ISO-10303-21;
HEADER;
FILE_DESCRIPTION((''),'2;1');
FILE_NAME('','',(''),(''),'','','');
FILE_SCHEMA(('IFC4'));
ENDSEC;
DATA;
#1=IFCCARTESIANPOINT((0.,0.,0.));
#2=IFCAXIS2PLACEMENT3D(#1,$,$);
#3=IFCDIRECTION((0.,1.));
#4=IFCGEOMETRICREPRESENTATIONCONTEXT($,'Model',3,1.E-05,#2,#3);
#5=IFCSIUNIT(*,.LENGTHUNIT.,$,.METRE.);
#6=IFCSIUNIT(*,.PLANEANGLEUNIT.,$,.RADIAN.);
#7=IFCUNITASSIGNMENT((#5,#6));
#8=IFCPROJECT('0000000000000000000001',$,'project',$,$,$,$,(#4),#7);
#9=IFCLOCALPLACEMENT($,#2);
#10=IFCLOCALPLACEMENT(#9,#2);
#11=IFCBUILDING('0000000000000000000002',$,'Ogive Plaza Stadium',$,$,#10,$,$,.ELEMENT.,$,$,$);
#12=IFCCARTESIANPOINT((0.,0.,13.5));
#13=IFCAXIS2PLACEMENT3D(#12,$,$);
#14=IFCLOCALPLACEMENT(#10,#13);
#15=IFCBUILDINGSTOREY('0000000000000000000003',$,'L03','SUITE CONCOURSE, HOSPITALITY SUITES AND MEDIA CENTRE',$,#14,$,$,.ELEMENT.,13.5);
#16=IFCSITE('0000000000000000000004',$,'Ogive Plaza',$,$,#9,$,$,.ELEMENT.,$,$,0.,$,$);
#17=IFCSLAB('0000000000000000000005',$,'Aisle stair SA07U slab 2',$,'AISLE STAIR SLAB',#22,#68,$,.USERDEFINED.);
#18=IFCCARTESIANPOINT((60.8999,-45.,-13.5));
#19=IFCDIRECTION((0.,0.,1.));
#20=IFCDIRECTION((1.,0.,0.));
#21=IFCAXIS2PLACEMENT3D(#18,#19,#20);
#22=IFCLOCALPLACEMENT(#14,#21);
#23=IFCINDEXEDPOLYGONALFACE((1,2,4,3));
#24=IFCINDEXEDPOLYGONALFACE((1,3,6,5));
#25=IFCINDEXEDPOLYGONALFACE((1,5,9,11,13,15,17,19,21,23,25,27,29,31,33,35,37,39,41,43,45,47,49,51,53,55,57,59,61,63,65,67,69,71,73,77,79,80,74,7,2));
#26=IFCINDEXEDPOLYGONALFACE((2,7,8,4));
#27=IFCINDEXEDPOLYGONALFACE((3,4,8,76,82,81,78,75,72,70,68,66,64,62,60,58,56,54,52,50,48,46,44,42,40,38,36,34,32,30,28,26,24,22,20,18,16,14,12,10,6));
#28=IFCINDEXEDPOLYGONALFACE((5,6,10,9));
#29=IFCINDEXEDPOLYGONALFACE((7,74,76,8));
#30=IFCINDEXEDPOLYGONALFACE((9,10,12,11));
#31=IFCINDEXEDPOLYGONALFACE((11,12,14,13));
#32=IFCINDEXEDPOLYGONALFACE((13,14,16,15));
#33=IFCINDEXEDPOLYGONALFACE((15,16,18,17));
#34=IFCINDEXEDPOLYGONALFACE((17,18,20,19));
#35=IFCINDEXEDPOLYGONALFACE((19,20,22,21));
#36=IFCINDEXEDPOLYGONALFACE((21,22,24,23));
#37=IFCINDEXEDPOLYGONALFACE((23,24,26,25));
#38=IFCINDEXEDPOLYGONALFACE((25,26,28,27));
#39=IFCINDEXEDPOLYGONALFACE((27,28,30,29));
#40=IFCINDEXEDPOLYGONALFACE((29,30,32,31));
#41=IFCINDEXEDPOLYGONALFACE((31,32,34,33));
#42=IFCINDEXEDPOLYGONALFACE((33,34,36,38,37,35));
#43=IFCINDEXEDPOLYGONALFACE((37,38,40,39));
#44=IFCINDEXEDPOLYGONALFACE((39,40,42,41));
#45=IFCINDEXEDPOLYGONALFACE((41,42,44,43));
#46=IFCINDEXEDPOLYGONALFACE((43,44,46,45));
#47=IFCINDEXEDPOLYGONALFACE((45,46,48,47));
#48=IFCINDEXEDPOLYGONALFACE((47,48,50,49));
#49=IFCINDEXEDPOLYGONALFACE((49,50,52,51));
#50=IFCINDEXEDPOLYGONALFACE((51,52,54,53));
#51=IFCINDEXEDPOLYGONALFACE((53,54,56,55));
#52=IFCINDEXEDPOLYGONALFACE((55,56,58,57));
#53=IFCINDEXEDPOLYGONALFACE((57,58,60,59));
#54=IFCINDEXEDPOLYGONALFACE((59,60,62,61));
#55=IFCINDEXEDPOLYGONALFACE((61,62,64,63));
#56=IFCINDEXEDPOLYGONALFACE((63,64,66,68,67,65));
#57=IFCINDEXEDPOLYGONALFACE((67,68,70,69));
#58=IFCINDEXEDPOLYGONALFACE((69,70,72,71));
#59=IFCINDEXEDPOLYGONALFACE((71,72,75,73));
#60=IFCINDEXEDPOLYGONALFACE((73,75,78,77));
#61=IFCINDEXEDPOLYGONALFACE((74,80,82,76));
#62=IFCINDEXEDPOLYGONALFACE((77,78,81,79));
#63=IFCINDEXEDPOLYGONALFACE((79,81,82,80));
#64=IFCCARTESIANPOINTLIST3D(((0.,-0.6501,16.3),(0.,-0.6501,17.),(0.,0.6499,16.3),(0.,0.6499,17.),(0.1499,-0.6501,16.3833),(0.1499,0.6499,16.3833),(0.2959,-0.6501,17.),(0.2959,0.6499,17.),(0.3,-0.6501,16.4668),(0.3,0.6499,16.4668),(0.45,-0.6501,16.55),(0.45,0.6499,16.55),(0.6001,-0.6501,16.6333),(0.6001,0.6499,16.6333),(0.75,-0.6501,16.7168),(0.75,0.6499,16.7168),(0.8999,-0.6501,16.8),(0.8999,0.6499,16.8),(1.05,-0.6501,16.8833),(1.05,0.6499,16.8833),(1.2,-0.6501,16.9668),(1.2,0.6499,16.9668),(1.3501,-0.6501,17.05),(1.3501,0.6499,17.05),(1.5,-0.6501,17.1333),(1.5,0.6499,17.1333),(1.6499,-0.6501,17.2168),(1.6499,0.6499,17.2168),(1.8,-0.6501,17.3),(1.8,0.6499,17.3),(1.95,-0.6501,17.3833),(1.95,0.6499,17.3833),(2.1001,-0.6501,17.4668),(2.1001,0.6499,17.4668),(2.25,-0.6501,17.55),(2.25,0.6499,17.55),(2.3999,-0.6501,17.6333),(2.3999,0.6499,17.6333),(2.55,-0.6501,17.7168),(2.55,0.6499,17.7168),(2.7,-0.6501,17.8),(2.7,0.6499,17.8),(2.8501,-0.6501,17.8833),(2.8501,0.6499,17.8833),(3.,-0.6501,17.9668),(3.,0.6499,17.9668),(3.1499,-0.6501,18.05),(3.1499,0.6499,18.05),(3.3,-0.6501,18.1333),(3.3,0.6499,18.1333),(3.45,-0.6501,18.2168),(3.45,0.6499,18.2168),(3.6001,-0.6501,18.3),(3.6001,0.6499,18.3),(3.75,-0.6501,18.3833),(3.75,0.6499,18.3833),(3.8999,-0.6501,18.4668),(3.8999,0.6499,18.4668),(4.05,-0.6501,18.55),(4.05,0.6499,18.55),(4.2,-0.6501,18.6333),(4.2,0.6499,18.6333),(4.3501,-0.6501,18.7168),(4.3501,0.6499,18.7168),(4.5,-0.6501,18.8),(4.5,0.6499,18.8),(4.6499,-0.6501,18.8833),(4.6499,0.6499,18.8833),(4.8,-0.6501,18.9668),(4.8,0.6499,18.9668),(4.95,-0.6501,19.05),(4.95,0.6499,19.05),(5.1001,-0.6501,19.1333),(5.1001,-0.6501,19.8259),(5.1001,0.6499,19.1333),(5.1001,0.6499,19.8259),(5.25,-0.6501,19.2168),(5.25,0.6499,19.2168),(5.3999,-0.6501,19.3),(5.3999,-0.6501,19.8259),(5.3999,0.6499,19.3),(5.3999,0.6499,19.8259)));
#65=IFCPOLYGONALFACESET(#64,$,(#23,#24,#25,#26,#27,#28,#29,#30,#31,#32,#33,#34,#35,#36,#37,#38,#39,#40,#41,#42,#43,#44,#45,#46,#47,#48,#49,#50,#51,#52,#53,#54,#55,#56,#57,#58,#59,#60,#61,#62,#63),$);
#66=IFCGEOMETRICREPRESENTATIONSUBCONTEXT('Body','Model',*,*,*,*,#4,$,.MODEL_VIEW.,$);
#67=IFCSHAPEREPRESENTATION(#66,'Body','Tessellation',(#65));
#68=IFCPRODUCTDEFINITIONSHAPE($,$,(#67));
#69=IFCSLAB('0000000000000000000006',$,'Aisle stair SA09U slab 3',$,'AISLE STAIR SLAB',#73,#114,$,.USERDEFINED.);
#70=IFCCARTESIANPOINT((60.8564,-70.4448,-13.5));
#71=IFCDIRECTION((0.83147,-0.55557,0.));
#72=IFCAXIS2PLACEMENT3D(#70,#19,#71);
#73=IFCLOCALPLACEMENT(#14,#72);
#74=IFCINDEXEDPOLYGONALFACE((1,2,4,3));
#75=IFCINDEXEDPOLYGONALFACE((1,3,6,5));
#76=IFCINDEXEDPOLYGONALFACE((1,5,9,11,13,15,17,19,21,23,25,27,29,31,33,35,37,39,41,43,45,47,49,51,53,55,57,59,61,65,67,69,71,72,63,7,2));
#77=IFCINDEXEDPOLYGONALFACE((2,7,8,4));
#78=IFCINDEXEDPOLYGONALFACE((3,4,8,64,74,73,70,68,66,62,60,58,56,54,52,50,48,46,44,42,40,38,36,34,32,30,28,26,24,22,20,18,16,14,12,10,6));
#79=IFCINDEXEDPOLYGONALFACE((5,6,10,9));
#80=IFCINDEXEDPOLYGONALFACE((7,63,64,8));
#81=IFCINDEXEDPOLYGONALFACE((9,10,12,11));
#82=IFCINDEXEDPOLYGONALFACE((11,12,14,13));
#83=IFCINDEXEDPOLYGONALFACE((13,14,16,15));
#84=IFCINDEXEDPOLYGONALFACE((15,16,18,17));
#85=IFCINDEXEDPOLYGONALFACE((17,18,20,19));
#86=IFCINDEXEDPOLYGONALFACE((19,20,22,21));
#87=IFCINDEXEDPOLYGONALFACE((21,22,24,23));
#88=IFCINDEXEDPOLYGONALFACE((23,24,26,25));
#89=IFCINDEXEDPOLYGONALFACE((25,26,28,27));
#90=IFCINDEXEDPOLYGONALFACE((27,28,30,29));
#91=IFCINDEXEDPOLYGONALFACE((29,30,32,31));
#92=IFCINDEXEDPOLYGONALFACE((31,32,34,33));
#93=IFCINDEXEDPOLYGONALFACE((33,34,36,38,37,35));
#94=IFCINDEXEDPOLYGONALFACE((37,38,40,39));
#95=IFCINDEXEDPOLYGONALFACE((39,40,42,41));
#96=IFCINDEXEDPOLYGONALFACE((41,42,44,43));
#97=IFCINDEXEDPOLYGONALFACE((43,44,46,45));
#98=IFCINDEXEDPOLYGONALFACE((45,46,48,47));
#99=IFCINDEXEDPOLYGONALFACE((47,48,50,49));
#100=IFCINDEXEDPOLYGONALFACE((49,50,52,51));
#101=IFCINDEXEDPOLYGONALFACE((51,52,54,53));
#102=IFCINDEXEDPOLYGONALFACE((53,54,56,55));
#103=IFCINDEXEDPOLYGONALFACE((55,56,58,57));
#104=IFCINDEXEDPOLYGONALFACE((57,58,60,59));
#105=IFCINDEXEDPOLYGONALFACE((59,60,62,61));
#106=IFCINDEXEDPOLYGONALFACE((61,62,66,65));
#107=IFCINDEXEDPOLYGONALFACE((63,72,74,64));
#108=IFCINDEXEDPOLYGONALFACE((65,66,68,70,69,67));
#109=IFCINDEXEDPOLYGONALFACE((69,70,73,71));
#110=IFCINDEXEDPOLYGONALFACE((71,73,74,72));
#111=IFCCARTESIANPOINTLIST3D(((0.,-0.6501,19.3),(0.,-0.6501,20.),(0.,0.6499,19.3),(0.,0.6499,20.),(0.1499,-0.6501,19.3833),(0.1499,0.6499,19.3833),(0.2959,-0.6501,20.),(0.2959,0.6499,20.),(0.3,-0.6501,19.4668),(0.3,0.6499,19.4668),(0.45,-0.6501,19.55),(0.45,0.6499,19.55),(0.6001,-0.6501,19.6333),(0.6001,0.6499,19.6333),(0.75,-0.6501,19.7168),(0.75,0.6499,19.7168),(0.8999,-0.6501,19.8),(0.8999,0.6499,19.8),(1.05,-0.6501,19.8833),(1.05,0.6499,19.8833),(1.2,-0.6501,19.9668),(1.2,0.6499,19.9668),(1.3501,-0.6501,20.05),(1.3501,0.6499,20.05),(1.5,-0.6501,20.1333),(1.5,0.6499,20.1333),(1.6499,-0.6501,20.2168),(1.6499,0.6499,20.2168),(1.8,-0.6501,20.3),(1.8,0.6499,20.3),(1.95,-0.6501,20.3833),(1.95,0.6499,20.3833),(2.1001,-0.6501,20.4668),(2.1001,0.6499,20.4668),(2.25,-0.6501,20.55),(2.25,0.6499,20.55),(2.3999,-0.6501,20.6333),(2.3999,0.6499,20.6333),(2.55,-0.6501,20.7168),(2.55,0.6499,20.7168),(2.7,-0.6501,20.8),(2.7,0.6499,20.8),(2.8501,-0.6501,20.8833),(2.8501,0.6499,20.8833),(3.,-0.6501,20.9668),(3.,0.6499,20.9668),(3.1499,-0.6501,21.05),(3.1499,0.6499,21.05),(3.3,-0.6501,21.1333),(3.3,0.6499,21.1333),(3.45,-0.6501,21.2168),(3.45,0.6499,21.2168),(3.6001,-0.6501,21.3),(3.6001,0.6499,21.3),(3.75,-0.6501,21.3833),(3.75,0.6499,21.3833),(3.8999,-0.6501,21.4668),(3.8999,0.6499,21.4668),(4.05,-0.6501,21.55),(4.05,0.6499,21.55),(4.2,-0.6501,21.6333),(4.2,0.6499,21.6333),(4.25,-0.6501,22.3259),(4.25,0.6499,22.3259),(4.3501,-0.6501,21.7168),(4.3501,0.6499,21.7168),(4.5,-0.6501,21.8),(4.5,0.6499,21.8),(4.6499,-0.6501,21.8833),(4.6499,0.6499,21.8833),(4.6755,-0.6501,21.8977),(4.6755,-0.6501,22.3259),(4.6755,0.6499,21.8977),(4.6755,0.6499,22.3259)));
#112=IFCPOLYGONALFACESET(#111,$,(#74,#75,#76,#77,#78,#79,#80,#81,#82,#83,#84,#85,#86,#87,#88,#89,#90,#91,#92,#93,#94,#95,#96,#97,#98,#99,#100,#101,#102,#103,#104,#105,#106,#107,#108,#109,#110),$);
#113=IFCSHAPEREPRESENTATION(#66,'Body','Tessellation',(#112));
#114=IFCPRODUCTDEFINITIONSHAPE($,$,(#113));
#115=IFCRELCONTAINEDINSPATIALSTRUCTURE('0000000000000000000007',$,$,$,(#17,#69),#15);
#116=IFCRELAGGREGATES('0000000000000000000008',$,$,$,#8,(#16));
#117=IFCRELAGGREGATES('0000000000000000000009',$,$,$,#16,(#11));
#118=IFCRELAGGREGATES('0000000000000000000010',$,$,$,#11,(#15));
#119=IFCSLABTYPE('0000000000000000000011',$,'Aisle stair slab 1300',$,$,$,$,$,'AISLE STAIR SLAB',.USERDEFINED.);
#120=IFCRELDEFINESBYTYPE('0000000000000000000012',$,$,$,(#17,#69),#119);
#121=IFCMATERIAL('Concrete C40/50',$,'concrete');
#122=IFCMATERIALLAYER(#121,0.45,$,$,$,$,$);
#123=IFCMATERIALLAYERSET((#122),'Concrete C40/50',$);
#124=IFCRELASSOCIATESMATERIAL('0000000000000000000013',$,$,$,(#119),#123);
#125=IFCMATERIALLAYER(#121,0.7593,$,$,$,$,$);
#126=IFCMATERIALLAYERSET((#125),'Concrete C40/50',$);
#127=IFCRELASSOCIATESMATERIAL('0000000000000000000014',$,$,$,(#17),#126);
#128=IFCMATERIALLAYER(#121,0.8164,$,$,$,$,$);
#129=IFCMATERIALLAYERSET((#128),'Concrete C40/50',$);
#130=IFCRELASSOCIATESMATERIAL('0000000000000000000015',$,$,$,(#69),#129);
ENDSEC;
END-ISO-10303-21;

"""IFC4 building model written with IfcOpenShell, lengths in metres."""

from ifc_helpers import new_model, si_unit, direction, frame, origin, place, context, subcontext, project, spatial, polyline, outline, extrude, material, layer, layer_set, type_object, element, save


model = new_model("IFC4")

# Units and contexts
model_context = context("Model", 3, precision=1e-05, world=origin(), true_north=direction((0.0, 1.0)))
body_context = subcontext(model_context, "Body", "Model", "MODEL_VIEW")
ifc_project = project(units=[si_unit("LENGTHUNIT", "METRE"), si_unit("PLANEANGLEUNIT", "RADIAN")], contexts=[model_context])

# Site, building, storey
site_placement = place(None, origin())
site = spatial("IfcSite", under=ifc_project, at=site_placement, Name="Ogive Plaza", CompositionType="ELEMENT", RefElevation=0.0)
building_placement = place(site_placement, origin())
building = spatial("IfcBuilding", under=site, at=building_placement, Name="Ogive Plaza Stadium", CompositionType="ELEMENT")
storey_placement = place(building_placement, frame((0.0, 0.0, 13.5)))
storey = spatial("IfcBuildingStorey", under=building, at=storey_placement, Name="L03", Description="SUITE CONCOURSE, HOSPITALITY SUITES AND MEDIA CENTRE", CompositionType="ELEMENT", Elevation=13.5)

# Slabs
ifc_material_1 = material(Name="Concrete C40/50", Category="concrete")
ifc_layer_1 = layer(ifc_material_1, 0.7593)
ifc_layer_set_1 = layer_set([ifc_layer_1], Name="Concrete C40/50")
ifc_layer_2 = layer(ifc_material_1, 0.45)
ifc_layer_set_2 = layer_set([ifc_layer_2], Name="Concrete C40/50")
slab_type = type_object("IfcSlabType", Name="Aisle stair slab 1300", ElementType="AISLE STAIR SLAB", PredefinedType="USERDEFINED", material=ifc_layer_set_2)
slab_1_placement = place(storey_placement, frame((60.8999, -45.0, -13.5), z_axis=(0.0, 0.0, 1.0), x_axis=(1.0, 0.0, 0.0)))
element("IfcSlab", 1, at=slab_1_placement, inside=storey, type_object=slab_type, material=ifc_layer_set_1, Name="Aisle stair SA07U slab 2", ObjectType="AISLE STAIR SLAB", PredefinedType="USERDEFINED", context=body_context, shape_type="SweptSolid", body=[
    extrude(outline(polyline([(0.0, 17.0), (0.2959, 17.0), (5.1001, 19.8259), (5.3999, 19.8259), (5.3999, 19.3), (5.25, 19.2168), (5.1001, 19.1333), (4.95, 19.05), (4.8, 18.9668), (4.6499, 18.8833), (4.5, 18.8), (4.3501, 18.7168), (4.2, 18.6333), (4.05, 18.55), (3.8999, 18.4668), (3.75, 18.3833), (3.6001, 18.3), (3.45, 18.2168), (3.3, 18.1333), (3.1499, 18.05), (3.0, 17.9668), (2.8501, 17.8833), (2.7, 17.8), (2.55, 17.7168), (2.3999, 17.6333), (2.25, 17.55), (2.1001, 17.4668), (1.95, 17.3833), (1.8, 17.3), (1.6499, 17.2168), (1.5, 17.1333), (1.3501, 17.05), (1.2, 16.9668), (1.05, 16.8833), (0.8999, 16.8), (0.75, 16.7168), (0.6001, 16.6333), (0.45, 16.55), (0.3, 16.4668), (0.1499, 16.3833), (0.0, 16.3), (0.0, 17.0)])), frame((0.0, 0.6499, 0.0), z_axis=(0.0, -1.0, 0.0), x_axis=(1.0, 0.0, 0.0)), (0.0, 0.0, 1.0), 1.3),
])
ifc_layer_3 = layer(ifc_material_1, 0.8164)
ifc_layer_set_3 = layer_set([ifc_layer_3], Name="Concrete C40/50")
slab_2_placement = place(storey_placement, frame((60.8564, -70.4448, -13.5), z_axis=(0.0, 0.0, 1.0), x_axis=(0.83147, -0.55557, 0.0)))
element("IfcSlab", 2, at=slab_2_placement, inside=storey, type_object=slab_type, material=ifc_layer_set_3, Name="Aisle stair SA09U slab 3", ObjectType="AISLE STAIR SLAB", PredefinedType="USERDEFINED", context=body_context, shape_type="SweptSolid", body=[
    extrude(outline(polyline([(0.0, 20.0), (0.2959, 20.0), (4.25, 22.3259), (4.6755, 22.3259), (4.6755, 21.8977), (4.6499, 21.8833), (4.5, 21.8), (4.3501, 21.7168), (4.2, 21.6333), (4.05, 21.55), (3.8999, 21.4668), (3.75, 21.3833), (3.6001, 21.3), (3.45, 21.2168), (3.3, 21.1333), (3.1499, 21.05), (3.0, 20.9668), (2.8501, 20.8833), (2.7, 20.8), (2.55, 20.7168), (2.3999, 20.6333), (2.25, 20.55), (2.1001, 20.4668), (1.95, 20.3833), (1.8, 20.3), (1.6499, 20.2168), (1.5, 20.1333), (1.3501, 20.05), (1.2, 19.9668), (1.05, 19.8833), (0.8999, 19.8), (0.75, 19.7168), (0.6001, 19.6333), (0.45, 19.55), (0.3, 19.4668), (0.1499, 19.3833), (0.0, 19.3), (0.0, 20.0)])), frame((0.0, 0.6499, 0.0), z_axis=(0.0, -1.0, 0.0), x_axis=(1.0, 0.0, 0.0)), (0.0, 0.0, 1.0), 1.3),
])

save(model, "model.ifc")
